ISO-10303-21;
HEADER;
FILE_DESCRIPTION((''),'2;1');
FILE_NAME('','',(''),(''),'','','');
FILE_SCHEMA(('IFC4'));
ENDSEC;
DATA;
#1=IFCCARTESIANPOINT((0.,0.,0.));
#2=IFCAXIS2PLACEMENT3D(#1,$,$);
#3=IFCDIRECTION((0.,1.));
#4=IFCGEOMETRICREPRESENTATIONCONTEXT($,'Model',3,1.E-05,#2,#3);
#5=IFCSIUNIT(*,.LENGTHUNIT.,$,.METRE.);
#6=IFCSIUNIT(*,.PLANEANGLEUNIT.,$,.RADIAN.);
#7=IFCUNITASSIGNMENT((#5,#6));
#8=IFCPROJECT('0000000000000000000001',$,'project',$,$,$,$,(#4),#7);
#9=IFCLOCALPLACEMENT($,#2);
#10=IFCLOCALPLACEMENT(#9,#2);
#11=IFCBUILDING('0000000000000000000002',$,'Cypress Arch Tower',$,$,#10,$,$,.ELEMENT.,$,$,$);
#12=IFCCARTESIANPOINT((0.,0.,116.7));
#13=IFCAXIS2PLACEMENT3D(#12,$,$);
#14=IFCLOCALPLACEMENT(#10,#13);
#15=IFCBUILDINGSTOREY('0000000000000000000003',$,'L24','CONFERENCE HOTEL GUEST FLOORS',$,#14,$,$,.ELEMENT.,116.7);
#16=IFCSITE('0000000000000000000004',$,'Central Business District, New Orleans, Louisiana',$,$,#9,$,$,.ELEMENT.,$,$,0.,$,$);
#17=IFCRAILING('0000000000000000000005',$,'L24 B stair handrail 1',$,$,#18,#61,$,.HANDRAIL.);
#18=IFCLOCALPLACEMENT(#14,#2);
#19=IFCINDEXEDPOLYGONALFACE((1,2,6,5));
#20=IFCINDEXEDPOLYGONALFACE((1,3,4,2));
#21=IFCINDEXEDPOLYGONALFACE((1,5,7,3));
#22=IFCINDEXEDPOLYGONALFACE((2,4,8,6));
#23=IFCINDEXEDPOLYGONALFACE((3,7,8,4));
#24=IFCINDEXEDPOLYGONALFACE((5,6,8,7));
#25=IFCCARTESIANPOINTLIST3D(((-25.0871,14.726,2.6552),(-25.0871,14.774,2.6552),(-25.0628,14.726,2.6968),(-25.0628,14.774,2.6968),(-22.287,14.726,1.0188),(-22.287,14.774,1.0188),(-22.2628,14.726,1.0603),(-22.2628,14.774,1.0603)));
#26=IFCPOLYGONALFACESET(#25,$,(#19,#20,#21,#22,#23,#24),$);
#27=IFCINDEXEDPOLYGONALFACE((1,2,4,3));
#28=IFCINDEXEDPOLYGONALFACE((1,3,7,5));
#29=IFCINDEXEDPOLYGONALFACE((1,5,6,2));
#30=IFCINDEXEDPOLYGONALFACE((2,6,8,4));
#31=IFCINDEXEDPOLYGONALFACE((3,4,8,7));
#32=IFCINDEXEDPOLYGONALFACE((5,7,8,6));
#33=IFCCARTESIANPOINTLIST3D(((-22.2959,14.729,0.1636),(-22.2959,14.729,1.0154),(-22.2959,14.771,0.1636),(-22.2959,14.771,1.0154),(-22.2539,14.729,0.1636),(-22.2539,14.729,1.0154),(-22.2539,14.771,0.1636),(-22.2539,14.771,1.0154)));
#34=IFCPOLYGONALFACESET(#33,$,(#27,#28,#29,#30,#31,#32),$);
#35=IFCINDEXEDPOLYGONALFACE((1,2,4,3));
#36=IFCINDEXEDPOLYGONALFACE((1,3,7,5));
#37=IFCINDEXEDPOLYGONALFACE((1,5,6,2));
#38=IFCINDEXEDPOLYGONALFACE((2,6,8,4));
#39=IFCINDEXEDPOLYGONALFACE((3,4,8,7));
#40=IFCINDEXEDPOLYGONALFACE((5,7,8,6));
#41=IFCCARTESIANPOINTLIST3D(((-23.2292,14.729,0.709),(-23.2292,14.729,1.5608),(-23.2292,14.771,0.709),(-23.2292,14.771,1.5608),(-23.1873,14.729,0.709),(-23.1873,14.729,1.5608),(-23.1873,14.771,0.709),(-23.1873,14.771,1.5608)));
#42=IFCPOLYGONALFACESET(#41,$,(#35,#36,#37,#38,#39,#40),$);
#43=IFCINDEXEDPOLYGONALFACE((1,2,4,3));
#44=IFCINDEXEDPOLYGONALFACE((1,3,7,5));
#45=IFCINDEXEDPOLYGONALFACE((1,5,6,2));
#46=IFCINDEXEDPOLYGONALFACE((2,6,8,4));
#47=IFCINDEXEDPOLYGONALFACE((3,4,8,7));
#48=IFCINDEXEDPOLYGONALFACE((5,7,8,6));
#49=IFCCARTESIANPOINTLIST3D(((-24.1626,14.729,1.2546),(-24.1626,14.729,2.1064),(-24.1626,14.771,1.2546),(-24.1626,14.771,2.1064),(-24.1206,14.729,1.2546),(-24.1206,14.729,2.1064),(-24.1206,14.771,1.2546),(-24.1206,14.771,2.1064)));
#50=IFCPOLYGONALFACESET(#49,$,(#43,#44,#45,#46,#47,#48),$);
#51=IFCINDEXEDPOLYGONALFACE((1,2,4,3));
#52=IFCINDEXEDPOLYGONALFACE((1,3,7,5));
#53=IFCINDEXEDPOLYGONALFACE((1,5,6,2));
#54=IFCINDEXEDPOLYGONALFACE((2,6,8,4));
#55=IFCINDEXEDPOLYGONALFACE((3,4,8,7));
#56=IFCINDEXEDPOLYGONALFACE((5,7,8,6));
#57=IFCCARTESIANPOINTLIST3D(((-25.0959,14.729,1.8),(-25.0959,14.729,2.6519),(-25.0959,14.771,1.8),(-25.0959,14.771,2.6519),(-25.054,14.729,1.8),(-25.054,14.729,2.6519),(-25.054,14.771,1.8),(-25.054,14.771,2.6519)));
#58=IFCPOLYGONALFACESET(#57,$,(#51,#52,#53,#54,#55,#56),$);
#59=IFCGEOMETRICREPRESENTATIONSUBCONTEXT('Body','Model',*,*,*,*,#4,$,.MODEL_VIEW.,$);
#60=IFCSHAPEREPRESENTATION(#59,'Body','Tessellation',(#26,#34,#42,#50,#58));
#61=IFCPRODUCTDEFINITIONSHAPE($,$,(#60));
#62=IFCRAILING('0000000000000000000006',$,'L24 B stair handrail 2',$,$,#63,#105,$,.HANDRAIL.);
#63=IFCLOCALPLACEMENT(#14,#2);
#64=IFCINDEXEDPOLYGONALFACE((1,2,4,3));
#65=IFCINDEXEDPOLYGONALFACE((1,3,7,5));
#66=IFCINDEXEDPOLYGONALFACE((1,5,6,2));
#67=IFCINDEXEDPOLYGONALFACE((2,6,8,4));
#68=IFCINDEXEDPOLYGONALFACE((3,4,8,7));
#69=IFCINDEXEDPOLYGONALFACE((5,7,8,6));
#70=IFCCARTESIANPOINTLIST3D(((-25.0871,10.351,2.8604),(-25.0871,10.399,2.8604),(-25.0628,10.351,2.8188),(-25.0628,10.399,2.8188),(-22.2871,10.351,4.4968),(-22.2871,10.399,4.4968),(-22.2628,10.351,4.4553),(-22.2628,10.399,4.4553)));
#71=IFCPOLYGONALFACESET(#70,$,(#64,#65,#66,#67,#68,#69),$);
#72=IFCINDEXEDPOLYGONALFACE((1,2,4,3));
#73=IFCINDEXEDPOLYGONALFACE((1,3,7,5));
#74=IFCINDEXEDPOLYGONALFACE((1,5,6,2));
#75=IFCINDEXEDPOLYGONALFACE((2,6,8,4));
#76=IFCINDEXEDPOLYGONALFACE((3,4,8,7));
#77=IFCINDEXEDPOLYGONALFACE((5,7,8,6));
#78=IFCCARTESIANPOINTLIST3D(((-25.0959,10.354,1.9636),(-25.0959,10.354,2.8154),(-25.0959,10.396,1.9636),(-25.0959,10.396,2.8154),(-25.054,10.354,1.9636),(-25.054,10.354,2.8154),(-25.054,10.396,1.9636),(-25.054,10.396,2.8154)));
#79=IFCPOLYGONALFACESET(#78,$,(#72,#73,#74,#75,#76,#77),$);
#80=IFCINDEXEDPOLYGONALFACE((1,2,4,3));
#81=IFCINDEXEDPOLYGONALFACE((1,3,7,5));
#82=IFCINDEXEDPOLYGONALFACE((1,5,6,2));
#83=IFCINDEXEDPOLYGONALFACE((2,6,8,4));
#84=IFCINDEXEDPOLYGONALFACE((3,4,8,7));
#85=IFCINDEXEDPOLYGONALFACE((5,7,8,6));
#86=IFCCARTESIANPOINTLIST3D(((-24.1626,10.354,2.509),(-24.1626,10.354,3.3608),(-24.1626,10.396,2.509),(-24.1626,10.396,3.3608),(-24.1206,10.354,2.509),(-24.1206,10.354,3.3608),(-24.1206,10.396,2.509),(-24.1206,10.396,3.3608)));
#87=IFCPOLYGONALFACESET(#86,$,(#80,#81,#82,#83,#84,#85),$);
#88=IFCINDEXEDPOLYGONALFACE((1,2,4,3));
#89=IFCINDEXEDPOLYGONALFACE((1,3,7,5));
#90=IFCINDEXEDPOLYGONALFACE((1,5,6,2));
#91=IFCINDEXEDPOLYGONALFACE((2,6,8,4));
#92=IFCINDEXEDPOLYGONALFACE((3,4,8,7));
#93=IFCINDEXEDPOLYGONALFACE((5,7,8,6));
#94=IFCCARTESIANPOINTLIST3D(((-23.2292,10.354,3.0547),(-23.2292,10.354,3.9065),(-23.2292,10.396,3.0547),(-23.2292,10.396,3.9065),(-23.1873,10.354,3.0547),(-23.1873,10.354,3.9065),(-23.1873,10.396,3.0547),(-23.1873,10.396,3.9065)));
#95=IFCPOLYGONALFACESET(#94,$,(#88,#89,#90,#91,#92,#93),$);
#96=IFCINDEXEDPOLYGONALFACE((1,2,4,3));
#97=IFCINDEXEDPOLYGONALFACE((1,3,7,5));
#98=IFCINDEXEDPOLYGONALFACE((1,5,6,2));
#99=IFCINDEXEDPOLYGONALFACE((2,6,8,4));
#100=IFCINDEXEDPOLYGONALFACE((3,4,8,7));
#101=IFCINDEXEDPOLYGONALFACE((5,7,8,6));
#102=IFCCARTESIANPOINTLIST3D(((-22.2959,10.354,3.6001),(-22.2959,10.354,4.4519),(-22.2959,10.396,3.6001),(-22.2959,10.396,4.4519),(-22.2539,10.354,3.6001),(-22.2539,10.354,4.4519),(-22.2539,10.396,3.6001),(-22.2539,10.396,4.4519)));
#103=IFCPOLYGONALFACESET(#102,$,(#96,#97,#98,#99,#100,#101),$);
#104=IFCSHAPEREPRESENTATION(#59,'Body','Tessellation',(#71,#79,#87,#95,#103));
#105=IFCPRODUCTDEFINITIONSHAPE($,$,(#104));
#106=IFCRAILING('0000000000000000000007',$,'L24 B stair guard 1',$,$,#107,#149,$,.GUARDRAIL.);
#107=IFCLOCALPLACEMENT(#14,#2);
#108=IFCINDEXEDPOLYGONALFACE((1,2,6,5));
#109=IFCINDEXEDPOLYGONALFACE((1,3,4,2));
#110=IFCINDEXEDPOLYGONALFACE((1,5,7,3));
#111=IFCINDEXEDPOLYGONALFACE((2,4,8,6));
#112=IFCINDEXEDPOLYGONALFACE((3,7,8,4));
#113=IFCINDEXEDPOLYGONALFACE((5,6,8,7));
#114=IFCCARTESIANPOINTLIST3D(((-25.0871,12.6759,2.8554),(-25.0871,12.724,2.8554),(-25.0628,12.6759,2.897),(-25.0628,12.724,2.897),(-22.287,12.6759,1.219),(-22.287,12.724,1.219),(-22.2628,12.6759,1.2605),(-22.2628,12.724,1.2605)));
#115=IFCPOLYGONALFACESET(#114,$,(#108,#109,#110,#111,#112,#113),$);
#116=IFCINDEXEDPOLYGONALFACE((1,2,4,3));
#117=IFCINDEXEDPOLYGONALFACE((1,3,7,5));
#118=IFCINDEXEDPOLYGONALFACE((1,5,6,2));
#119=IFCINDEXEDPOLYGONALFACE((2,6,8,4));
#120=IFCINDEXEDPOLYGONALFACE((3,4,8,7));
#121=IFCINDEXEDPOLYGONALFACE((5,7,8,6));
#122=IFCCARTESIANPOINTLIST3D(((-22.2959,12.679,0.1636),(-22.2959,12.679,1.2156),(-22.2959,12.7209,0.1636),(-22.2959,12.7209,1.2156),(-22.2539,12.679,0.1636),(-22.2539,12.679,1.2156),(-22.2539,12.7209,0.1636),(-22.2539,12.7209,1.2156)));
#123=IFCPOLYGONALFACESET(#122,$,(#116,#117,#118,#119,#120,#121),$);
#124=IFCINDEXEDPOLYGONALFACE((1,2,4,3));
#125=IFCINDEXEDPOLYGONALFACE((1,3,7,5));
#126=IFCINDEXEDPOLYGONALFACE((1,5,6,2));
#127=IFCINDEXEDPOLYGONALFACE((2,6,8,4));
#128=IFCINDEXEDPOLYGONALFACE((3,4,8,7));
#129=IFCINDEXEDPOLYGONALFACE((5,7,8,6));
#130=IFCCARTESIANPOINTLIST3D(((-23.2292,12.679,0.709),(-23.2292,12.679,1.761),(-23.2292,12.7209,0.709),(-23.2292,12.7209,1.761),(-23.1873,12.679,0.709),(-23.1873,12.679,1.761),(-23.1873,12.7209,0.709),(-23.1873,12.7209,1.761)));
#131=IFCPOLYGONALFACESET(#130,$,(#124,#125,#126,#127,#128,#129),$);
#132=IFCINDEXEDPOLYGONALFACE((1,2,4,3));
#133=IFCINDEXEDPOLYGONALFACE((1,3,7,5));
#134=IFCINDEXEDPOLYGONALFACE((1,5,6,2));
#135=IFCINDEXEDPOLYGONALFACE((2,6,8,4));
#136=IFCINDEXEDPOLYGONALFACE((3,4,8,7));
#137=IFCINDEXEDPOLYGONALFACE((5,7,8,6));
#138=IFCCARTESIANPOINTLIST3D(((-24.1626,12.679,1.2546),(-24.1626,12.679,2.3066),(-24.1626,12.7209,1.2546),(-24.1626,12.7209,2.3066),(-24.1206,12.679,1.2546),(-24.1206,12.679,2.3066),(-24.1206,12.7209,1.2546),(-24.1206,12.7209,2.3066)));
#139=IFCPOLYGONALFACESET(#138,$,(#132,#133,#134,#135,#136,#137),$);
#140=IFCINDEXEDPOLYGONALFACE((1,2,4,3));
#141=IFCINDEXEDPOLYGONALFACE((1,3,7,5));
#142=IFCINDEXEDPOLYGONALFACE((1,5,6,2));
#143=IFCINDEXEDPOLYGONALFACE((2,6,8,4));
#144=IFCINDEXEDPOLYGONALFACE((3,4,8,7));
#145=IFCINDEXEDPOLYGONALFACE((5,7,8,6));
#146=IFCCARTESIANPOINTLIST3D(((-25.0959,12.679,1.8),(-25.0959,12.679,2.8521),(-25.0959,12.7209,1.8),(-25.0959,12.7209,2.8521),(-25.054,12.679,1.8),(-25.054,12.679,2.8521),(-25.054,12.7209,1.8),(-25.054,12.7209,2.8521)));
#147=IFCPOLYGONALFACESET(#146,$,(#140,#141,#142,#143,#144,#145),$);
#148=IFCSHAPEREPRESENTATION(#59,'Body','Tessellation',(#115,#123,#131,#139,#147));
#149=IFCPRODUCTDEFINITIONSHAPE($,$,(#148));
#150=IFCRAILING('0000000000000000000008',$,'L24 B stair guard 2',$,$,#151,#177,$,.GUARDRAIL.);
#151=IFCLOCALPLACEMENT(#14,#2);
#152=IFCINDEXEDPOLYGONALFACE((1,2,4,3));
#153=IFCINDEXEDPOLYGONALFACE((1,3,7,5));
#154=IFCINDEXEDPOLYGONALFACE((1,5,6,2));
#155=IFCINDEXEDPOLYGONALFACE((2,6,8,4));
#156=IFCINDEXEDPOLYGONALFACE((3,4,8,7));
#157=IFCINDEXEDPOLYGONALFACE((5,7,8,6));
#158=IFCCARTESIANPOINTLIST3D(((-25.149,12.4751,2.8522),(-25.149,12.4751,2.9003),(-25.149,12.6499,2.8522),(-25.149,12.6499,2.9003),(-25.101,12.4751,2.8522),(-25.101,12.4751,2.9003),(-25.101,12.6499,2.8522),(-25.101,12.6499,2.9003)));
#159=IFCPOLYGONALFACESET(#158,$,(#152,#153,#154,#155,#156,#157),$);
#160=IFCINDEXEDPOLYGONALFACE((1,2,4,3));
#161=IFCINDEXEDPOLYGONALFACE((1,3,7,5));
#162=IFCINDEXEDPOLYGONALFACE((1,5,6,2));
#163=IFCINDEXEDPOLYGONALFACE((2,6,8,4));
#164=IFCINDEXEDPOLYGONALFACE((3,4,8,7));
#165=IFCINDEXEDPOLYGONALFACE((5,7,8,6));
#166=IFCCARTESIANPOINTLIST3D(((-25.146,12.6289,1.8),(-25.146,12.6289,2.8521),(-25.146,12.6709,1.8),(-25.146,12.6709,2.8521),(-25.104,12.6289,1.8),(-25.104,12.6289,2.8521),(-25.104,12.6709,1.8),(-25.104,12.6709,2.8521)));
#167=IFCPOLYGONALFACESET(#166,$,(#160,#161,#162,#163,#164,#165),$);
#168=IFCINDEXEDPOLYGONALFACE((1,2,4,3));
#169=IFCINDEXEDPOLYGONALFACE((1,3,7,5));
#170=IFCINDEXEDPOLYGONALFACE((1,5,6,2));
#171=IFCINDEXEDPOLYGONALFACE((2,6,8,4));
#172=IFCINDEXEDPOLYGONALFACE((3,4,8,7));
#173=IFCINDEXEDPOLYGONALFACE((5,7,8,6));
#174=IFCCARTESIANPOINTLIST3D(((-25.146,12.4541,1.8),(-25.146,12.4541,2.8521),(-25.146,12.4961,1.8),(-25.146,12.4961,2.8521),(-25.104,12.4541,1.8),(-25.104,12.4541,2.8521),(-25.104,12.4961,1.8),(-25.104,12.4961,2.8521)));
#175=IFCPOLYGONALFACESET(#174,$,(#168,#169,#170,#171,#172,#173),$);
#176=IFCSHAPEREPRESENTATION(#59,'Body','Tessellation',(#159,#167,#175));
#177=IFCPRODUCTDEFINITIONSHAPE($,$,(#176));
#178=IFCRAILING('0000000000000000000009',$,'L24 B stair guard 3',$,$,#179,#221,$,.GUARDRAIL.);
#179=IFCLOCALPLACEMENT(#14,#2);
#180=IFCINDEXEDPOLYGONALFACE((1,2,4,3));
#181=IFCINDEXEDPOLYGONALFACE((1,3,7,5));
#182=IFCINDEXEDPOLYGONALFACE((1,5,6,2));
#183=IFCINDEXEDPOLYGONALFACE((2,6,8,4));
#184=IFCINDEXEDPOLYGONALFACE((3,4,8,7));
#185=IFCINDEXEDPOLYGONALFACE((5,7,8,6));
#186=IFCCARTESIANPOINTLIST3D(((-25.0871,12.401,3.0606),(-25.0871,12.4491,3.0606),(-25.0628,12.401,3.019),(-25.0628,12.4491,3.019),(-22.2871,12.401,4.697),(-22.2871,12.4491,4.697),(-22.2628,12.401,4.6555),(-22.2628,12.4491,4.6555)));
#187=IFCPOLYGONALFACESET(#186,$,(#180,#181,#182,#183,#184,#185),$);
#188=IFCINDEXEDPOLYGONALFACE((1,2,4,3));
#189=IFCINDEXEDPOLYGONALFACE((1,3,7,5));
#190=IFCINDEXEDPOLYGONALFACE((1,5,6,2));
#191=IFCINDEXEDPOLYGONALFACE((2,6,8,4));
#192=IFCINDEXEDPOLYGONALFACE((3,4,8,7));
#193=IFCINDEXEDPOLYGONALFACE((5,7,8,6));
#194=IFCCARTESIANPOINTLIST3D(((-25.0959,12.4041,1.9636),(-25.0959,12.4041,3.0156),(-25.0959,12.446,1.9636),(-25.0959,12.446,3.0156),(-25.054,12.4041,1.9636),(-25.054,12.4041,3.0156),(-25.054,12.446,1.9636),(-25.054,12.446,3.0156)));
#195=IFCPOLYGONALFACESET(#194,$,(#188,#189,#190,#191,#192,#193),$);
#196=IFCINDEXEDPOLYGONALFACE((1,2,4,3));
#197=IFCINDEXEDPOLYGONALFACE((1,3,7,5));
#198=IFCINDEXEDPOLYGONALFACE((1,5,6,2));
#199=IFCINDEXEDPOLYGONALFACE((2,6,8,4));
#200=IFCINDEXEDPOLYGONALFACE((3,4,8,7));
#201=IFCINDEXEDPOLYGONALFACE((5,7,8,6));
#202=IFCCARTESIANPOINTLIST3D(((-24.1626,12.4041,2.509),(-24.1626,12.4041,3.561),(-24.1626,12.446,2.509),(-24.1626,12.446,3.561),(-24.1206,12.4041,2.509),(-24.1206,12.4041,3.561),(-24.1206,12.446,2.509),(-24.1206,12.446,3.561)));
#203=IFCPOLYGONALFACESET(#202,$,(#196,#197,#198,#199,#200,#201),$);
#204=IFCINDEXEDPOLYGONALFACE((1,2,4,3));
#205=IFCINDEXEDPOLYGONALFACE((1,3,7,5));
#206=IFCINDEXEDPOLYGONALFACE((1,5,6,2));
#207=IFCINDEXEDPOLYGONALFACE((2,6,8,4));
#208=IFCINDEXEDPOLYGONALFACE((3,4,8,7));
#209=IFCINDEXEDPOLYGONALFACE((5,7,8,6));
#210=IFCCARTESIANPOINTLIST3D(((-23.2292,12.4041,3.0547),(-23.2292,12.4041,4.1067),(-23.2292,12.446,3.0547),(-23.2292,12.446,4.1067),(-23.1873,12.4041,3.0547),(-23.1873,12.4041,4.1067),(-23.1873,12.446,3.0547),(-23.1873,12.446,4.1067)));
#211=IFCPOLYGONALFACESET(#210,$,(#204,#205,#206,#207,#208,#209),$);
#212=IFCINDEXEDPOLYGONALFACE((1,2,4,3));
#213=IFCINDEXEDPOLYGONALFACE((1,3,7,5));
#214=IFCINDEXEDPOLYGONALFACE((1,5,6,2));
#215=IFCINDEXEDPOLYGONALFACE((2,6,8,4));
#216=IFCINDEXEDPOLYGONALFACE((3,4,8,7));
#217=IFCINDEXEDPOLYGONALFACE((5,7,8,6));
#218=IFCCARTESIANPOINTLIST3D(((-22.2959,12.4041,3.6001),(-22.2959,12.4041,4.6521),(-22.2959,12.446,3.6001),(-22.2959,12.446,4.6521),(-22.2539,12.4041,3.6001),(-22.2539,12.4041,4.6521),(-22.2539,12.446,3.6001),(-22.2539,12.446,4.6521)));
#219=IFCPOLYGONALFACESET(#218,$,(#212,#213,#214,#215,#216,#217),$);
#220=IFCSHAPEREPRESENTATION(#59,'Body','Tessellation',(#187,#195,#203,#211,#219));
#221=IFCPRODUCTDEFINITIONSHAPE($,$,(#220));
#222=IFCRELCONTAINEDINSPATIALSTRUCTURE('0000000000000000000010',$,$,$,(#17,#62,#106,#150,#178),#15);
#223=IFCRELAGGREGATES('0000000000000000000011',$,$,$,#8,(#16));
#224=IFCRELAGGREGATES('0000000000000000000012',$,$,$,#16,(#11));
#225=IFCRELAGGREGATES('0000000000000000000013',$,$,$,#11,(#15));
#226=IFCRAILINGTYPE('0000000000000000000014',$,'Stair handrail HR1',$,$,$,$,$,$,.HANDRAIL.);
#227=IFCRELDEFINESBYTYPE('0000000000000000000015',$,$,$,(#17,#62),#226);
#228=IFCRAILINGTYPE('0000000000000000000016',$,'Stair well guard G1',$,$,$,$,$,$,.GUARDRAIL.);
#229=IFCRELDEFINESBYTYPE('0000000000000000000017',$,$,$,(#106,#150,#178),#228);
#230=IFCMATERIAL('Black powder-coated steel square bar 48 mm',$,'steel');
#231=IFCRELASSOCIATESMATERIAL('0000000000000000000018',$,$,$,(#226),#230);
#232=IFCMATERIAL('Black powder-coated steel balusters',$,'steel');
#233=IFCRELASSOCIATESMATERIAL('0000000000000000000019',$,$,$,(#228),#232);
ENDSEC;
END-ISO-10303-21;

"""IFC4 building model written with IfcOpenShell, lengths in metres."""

from ifc_helpers import new_model, si_unit, direction, frame, origin, origin_2d, place, context, subcontext, project, spatial, rectangle, extrude, material, type_object, element, save


model = new_model("IFC4")

# Units and contexts
model_context = context("Model", 3, precision=1e-05, world=origin(), true_north=direction((0.0, 1.0)))
body_context = subcontext(model_context, "Body", "Model", "MODEL_VIEW")
ifc_project = project(units=[si_unit("LENGTHUNIT", "METRE"), si_unit("PLANEANGLEUNIT", "RADIAN")], contexts=[model_context])

# Site, building, storey
site_placement = place(None, origin())
site = spatial("IfcSite", under=ifc_project, at=site_placement, Name="Central Business District, New Orleans, Louisiana", CompositionType="ELEMENT", RefElevation=0.0)
building_placement = place(site_placement, origin())
building = spatial("IfcBuilding", under=site, at=building_placement, Name="Cypress Arch Tower", CompositionType="ELEMENT")
storey_placement = place(building_placement, frame((0.0, 0.0, 116.7)))
storey = spatial("IfcBuildingStorey", under=building, at=storey_placement, Name="L24", Description="CONFERENCE HOTEL GUEST FLOORS", CompositionType="ELEMENT", Elevation=116.7)

# Railings
ifc_material_1 = material(Name="Black powder-coated steel square bar 48 mm", Category="steel")
railing_type_1 = type_object("IfcRailingType", Name="Stair handrail HR1", PredefinedType="HANDRAIL", material=ifc_material_1)
railing_1_placement = place(storey_placement, frame((-22.2749, 14.75, 0.1636)))
element("IfcRailing", 1, at=railing_1_placement, inside=storey, type_object=railing_type_1, Name="L24 B stair handrail 1", PredefinedType="HANDRAIL", context=body_context, shape_type="SweptSolid", body=[
    extrude(rectangle(XDim=0.0481, YDim=0.0481, at=origin_2d()), frame((0.0, 0.0, 0.876), z_axis=(-0.863361, 0.0, 0.504587), x_axis=(0.0, -1.0, 0.0)), (0.0, 0.0, 1.0), 3.2432),
    extrude(rectangle(XDim=0.042, YDim=0.042, at=origin_2d()), origin(), (0.0, 0.0, 1.0), 0.8518),
    extrude(rectangle(XDim=0.042, YDim=0.042, at=origin_2d()), frame((-0.9333, 0.0, 0.5454)), (0.0, 0.0, 1.0), 0.8518),
    extrude(rectangle(XDim=0.042, YDim=0.042, at=origin_2d()), frame((-1.8667, 0.0, 1.0911)), (0.0, 0.0, 1.0), 0.8518),
    extrude(rectangle(XDim=0.042, YDim=0.042, at=origin_2d()), frame((-2.8, 0.0, 1.6365)), (0.0, 0.0, 1.0), 0.8518),
])
railing_2_placement = place(storey_placement, frame((-25.075, 10.375, 1.9636)))
element("IfcRailing", 2, at=railing_2_placement, inside=storey, type_object=railing_type_1, Name="L24 B stair handrail 2", PredefinedType="HANDRAIL", context=body_context, shape_type="SweptSolid", body=[
    extrude(rectangle(XDim=0.0481, YDim=0.0481, at=origin_2d()), frame((0.0, 0.0, 0.876), z_axis=(0.863361, 0.0, 0.504587), x_axis=(0.0, 1.0, 0.0)), (0.0, 0.0, 1.0), 3.2432),
    extrude(rectangle(XDim=0.042, YDim=0.042, at=origin_2d()), origin(), (0.0, 0.0, 1.0), 0.8518),
    extrude(rectangle(XDim=0.042, YDim=0.042, at=origin_2d()), frame((0.9333, 0.0, 0.5454)), (0.0, 0.0, 1.0), 0.8518),
    extrude(rectangle(XDim=0.042, YDim=0.042, at=origin_2d()), frame((1.8667, 0.0, 1.0911)), (0.0, 0.0, 1.0), 0.8518),
    extrude(rectangle(XDim=0.042, YDim=0.042, at=origin_2d()), frame((2.8, 0.0, 1.6365)), (0.0, 0.0, 1.0), 0.8518),
])
ifc_material_2 = material(Name="Black powder-coated steel balusters", Category="steel")
railing_type_2 = type_object("IfcRailingType", Name="Stair well guard G1", PredefinedType="GUARDRAIL", material=ifc_material_2)
railing_3_placement = place(storey_placement, frame((-22.2749, 12.7, 0.1636)))
element("IfcRailing", 3, at=railing_3_placement, inside=storey, type_object=railing_type_2, Name="L24 B stair guard 1", PredefinedType="GUARDRAIL", context=body_context, shape_type="SweptSolid", body=[
    extrude(rectangle(XDim=0.0481, YDim=0.0481, at=origin_2d()), frame((0.0, 0.0, 1.0762), z_axis=(-0.863361, 0.0, 0.504587), x_axis=(0.0, -1.0, 0.0)), (0.0, 0.0, 1.0), 3.2432),
    extrude(rectangle(XDim=0.042, YDim=0.042, at=origin_2d()), origin(), (0.0, 0.0, 1.0), 1.052),
    extrude(rectangle(XDim=0.042, YDim=0.042, at=origin_2d()), frame((-0.9333, 0.0, 0.5454)), (0.0, 0.0, 1.0), 1.052),
    extrude(rectangle(XDim=0.042, YDim=0.042, at=origin_2d()), frame((-1.8667, 0.0, 1.0911)), (0.0, 0.0, 1.0), 1.052),
    extrude(rectangle(XDim=0.042, YDim=0.042, at=origin_2d()), frame((-2.8, 0.0, 1.6365)), (0.0, 0.0, 1.0), 1.052),
])
railing_4_placement = place(storey_placement, frame((-25.125, 12.6499, 1.8)))
element("IfcRailing", 4, at=railing_4_placement, inside=storey, type_object=railing_type_2, Name="L24 B stair guard 2", PredefinedType="GUARDRAIL", context=body_context, shape_type="SweptSolid", body=[
    extrude(rectangle(XDim=0.0481, YDim=0.0481, at=origin_2d()), frame((0.0, 0.0, 1.0762), z_axis=(0.0, -1.0, 0.0), x_axis=(1.0, 0.0, 0.0)), (0.0, 0.0, 1.0), 0.1748),
    extrude(rectangle(XDim=0.042, YDim=0.042, at=origin_2d()), origin(), (0.0, 0.0, 1.0), 1.052),
    extrude(rectangle(XDim=0.042, YDim=0.042, at=origin_2d()), frame((0.0, -0.1748, 0.0)), (0.0, 0.0, 1.0), 1.052),
])
railing_5_placement = place(storey_placement, frame((-25.075, 12.425, 1.9636)))
element("IfcRailing", 5, at=railing_5_placement, inside=storey, type_object=railing_type_2, Name="L24 B stair guard 3", PredefinedType="GUARDRAIL", context=body_context, shape_type="SweptSolid", body=[
    extrude(rectangle(XDim=0.0481, YDim=0.0481, at=origin_2d()), frame((0.0, 0.0, 1.0762), z_axis=(0.863361, 0.0, 0.504587), x_axis=(0.0, 1.0, 0.0)), (0.0, 0.0, 1.0), 3.2432),
    extrude(rectangle(XDim=0.042, YDim=0.042, at=origin_2d()), origin(), (0.0, 0.0, 1.0), 1.052),
    extrude(rectangle(XDim=0.042, YDim=0.042, at=origin_2d()), frame((0.9333, 0.0, 0.5454)), (0.0, 0.0, 1.0), 1.052),
    extrude(rectangle(XDim=0.042, YDim=0.042, at=origin_2d()), frame((1.8667, 0.0, 1.0911)), (0.0, 0.0, 1.0), 1.052),
    extrude(rectangle(XDim=0.042, YDim=0.042, at=origin_2d()), frame((2.8, 0.0, 1.6365)), (0.0, 0.0, 1.0), 1.052),
])

save(model, "model.ifc")
